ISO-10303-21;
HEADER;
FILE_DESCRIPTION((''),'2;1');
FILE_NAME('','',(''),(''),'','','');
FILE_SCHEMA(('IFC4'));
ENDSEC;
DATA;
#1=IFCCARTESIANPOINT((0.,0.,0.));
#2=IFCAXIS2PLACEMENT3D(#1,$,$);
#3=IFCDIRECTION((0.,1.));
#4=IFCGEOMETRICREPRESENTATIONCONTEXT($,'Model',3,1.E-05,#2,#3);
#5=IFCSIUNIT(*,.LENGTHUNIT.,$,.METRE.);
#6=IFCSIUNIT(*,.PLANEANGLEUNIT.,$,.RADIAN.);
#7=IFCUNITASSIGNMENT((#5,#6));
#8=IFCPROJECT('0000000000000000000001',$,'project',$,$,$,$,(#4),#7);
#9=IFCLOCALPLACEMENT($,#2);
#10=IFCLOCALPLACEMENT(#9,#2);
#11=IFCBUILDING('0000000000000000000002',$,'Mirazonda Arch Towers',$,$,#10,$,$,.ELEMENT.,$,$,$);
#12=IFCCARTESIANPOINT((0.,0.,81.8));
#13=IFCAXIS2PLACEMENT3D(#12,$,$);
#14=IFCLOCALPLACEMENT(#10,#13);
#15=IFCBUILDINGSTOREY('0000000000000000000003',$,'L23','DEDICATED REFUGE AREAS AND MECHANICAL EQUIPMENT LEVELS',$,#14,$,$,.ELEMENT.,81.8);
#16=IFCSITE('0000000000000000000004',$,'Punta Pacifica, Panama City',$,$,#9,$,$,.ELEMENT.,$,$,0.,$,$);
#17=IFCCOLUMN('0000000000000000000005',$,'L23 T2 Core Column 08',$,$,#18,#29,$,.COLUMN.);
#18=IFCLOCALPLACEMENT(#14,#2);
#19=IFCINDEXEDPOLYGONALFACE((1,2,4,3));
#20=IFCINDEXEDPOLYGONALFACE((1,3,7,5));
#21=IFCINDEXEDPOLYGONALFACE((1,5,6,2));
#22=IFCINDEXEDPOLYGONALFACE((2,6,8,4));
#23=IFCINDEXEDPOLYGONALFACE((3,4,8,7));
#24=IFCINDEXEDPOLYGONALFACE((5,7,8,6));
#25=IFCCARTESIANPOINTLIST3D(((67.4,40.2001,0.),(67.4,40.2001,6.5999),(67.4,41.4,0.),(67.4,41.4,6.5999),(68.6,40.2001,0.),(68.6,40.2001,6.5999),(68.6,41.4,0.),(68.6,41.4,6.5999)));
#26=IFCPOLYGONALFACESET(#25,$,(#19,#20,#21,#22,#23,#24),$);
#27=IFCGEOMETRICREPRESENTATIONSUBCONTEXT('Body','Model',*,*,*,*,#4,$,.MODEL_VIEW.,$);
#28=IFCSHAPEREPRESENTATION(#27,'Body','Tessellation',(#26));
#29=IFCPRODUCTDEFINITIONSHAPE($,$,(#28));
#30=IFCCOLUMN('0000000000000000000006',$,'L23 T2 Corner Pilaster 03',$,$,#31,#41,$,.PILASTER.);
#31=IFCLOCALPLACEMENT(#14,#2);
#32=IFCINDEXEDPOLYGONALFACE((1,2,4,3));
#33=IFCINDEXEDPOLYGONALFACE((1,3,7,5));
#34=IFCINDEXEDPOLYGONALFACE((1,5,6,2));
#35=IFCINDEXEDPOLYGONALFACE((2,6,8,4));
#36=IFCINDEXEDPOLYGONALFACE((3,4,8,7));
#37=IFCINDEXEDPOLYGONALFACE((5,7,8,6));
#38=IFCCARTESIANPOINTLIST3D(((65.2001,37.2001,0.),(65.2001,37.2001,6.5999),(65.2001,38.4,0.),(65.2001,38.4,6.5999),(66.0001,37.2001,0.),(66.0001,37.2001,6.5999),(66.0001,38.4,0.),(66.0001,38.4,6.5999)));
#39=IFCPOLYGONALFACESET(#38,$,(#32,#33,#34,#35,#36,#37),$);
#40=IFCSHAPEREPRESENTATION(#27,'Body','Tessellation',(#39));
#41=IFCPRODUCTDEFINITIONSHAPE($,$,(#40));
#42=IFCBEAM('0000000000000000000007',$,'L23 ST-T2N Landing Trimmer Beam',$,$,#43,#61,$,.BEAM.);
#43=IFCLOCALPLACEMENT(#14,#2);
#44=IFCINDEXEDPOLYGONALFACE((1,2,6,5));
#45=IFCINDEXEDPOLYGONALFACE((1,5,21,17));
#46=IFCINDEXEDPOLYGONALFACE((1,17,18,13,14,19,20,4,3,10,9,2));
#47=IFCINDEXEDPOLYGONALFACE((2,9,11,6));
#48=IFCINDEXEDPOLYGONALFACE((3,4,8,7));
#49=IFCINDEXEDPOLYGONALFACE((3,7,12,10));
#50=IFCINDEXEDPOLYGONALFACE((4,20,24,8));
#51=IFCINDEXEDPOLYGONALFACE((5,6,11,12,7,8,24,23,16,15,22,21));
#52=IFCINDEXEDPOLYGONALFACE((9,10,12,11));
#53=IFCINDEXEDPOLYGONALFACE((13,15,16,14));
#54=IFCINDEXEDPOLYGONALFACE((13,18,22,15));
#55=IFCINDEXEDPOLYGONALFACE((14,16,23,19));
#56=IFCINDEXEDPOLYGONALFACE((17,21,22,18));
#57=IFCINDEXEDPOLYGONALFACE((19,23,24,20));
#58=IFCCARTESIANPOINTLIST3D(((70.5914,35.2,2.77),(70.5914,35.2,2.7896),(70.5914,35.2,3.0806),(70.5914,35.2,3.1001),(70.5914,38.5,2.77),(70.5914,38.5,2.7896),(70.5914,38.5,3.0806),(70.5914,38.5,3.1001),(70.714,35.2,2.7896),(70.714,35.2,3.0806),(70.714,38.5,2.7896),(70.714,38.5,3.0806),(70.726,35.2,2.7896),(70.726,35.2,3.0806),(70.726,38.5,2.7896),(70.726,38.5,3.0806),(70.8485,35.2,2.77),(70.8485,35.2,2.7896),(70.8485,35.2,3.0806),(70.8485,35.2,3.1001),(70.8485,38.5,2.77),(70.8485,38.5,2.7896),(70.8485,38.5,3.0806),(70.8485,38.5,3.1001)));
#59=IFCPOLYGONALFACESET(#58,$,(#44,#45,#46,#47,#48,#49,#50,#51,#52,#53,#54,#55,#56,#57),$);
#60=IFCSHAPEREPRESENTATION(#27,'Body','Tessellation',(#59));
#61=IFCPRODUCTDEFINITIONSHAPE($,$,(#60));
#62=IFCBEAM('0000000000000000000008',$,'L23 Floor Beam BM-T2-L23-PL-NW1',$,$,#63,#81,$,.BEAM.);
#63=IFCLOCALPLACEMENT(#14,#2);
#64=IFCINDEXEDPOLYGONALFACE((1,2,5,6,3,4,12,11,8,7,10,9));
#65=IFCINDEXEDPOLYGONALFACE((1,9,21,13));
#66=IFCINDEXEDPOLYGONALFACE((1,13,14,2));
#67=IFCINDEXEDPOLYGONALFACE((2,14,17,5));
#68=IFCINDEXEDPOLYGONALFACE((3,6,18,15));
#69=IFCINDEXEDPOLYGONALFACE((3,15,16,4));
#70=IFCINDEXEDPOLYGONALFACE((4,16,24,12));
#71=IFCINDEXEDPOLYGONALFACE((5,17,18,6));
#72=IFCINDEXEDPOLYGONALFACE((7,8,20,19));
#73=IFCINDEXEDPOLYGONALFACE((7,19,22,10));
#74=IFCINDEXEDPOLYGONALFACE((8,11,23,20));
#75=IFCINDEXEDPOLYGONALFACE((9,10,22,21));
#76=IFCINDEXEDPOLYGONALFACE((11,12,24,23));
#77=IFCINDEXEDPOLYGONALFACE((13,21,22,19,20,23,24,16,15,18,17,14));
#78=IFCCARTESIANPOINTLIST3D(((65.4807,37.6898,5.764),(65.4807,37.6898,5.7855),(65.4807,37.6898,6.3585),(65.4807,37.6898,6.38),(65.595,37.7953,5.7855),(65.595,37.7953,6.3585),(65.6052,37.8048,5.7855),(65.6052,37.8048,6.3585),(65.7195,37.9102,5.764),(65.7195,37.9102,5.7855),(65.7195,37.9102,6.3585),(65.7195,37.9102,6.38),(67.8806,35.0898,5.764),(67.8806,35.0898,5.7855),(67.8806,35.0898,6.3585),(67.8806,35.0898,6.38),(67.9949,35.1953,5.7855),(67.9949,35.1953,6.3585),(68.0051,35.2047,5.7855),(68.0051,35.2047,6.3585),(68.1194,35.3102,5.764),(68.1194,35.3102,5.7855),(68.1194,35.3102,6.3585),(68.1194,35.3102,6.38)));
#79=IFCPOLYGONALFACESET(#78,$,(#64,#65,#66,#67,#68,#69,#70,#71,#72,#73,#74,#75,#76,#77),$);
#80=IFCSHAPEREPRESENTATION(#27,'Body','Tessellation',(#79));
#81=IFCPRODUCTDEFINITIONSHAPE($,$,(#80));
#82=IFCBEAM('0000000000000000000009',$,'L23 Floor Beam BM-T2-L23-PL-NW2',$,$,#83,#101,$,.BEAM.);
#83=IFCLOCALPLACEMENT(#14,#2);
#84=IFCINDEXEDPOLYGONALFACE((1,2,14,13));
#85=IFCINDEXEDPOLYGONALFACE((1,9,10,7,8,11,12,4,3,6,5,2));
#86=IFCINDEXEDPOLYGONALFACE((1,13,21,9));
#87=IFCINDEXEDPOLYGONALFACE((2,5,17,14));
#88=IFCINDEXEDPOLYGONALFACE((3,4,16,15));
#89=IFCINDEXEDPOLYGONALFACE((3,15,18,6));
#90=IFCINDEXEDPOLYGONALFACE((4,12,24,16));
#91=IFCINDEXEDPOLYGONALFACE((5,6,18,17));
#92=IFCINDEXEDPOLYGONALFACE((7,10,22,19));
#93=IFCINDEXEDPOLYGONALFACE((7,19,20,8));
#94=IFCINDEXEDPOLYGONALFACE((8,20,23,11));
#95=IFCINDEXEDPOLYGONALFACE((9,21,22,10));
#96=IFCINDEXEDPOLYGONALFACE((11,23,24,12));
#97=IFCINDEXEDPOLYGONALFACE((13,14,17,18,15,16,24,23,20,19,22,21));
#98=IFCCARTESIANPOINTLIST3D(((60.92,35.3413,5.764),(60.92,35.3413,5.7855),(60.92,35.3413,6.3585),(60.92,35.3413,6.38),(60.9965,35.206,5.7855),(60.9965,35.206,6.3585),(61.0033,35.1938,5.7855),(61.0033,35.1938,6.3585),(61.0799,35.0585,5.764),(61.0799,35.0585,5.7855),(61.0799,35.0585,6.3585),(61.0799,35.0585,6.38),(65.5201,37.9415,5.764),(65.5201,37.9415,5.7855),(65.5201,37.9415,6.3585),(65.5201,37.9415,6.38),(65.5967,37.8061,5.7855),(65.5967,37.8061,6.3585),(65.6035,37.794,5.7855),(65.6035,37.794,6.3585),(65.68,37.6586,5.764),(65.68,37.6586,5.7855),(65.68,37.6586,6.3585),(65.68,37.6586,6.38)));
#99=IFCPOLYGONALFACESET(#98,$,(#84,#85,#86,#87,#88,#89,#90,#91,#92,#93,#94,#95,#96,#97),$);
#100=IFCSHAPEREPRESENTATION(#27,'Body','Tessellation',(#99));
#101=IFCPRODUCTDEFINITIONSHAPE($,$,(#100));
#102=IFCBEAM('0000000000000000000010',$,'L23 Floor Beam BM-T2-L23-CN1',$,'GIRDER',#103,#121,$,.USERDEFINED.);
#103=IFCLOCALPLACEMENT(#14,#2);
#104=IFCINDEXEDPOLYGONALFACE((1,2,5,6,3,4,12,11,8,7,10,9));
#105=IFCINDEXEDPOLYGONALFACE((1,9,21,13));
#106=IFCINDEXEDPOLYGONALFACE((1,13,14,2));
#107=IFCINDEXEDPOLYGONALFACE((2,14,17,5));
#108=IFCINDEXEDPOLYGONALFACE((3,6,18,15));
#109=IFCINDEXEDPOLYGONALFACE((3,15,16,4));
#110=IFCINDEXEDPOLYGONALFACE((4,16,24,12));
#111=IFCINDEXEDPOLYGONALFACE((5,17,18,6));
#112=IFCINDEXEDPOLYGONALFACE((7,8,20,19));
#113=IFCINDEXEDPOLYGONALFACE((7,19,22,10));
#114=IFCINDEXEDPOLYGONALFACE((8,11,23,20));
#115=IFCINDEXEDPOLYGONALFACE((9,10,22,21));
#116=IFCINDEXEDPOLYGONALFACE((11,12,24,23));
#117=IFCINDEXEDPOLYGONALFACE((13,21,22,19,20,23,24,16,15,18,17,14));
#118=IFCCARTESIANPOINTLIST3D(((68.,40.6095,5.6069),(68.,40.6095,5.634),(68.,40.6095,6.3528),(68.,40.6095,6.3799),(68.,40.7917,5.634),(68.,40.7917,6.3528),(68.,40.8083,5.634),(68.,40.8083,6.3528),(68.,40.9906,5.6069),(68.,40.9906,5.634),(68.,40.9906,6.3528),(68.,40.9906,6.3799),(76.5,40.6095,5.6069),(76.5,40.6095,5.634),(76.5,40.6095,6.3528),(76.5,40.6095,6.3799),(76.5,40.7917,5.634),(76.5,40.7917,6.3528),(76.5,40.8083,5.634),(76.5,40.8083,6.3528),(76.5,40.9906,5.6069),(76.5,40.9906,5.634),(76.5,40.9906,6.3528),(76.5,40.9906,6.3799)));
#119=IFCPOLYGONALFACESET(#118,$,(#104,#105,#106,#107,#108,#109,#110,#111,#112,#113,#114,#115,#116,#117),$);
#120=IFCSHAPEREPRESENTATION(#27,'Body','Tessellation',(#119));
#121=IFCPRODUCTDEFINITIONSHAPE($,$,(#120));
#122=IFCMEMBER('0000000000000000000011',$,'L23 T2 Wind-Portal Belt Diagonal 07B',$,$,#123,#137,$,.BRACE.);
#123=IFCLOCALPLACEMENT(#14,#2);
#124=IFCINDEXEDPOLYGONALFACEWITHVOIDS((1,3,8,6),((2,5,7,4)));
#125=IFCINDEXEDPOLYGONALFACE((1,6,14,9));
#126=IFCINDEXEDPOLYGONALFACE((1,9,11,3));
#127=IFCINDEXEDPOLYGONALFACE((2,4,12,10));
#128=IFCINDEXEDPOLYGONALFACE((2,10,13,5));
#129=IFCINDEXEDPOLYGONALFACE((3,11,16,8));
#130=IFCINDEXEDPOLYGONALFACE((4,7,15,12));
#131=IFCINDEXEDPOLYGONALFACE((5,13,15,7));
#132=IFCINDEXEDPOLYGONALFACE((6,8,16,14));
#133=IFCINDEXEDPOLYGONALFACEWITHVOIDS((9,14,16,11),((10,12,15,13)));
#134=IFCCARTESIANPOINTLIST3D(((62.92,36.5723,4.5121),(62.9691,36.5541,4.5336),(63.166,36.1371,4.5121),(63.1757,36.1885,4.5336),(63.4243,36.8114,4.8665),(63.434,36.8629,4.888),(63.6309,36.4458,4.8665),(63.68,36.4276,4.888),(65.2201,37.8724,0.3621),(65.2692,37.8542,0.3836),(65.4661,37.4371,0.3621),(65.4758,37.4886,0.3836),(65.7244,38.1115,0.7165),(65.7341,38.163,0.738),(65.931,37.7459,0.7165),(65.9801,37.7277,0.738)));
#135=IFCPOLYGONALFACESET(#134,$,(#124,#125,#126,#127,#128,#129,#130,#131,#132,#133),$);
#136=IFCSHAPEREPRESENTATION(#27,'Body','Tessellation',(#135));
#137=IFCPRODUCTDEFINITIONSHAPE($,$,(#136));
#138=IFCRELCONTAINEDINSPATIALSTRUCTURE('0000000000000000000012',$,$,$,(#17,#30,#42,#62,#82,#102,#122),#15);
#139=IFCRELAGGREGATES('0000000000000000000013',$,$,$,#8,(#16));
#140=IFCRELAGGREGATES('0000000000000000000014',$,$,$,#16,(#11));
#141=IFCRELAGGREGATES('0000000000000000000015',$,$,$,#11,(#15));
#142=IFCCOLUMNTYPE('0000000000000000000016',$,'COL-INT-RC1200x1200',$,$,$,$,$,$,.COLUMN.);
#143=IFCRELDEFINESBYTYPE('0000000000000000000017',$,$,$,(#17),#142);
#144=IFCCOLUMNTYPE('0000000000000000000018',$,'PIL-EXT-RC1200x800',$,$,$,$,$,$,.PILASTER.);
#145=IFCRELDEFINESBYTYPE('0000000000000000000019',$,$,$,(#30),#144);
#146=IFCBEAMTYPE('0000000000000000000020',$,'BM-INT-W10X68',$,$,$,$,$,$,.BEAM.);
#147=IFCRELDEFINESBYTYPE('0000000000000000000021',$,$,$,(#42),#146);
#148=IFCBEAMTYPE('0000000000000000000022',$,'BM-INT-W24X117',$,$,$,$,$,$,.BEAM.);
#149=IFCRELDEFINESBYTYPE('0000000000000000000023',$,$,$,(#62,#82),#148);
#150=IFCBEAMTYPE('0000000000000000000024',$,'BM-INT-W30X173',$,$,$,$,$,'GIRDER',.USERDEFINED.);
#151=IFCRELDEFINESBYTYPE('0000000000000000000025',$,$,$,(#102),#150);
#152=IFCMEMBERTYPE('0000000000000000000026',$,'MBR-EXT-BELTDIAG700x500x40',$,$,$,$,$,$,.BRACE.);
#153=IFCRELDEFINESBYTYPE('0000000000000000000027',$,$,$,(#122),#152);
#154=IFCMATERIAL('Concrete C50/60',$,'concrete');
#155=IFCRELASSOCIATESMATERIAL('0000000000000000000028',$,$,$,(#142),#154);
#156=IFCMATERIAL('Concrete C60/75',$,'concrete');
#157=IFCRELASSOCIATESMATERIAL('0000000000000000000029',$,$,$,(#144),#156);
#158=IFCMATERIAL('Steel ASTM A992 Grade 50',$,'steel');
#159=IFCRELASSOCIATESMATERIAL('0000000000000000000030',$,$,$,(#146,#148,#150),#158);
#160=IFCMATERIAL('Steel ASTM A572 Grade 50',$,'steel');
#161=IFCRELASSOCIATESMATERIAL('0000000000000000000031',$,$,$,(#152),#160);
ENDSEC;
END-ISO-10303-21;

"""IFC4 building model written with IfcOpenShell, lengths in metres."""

from ifc_helpers import new_model, si_unit, direction, frame, origin, origin_2d, place, context, subcontext, project, spatial, rectangle, hollow_rectangle, i_section, extrude, material, material_profile, profile_set, type_object, element, save


model = new_model("IFC4")

# Units and contexts
model_context = context("Model", 3, precision=1e-05, world=origin(), true_north=direction((0.0, 1.0)))
body_context = subcontext(model_context, "Body", "Model", "MODEL_VIEW")
ifc_project = project(units=[si_unit("LENGTHUNIT", "METRE"), si_unit("PLANEANGLEUNIT", "RADIAN")], contexts=[model_context])

# Site, building, storey
site_placement = place(None, origin())
site = spatial("IfcSite", under=ifc_project, at=site_placement, Name="Punta Pacifica, Panama City", CompositionType="ELEMENT", RefElevation=0.0)
building_placement = place(site_placement, origin())
building = spatial("IfcBuilding", under=site, at=building_placement, Name="Mirazonda Arch Towers", CompositionType="ELEMENT")
storey_placement = place(building_placement, frame((0.0, 0.0, 81.8)))
storey = spatial("IfcBuildingStorey", under=building, at=storey_placement, Name="L23", Description="DEDICATED REFUGE AREAS AND MECHANICAL EQUIPMENT LEVELS", CompositionType="ELEMENT", Elevation=81.8)

# Columns
ifc_material_1 = material(Name="Concrete C50/60", Category="concrete")
ifc_material_profile_1 = material_profile(ifc_material_1, rectangle(XDim=1.2, YDim=1.2, at=origin_2d()), Name="RC1200x1200")
ifc_profile_set_1 = profile_set([ifc_material_profile_1], Name="Concrete C50/60")
column_type_1 = type_object("IfcColumnType", Name="COL-INT-RC1200x1200", PredefinedType="COLUMN", material=ifc_profile_set_1)
column_1_placement = place(storey_placement, frame((68.0, 40.8, 0.0), z_axis=(0.0, 0.0, 1.0), x_axis=(1.0, 0.0, 0.0)))
element("IfcColumn", 1, at=column_1_placement, inside=storey, type_object=column_type_1, Name="L23 T2 Core Column 08", PredefinedType="COLUMN", context=body_context, shape_type="SweptSolid", body=[
    extrude(rectangle(XDim=1.2, YDim=1.2, at=origin_2d()), origin(), (0.0, 0.0, 1.0), 6.5999),
])
ifc_material_2 = material(Name="Concrete C60/75", Category="concrete")
ifc_material_profile_2 = material_profile(ifc_material_2, rectangle(XDim=0.8, YDim=1.2, at=origin_2d()), Name="RC1200x800")
ifc_profile_set_2 = profile_set([ifc_material_profile_2], Name="Concrete C60/75")
column_type_2 = type_object("IfcColumnType", Name="PIL-EXT-RC1200x800", PredefinedType="PILASTER", material=ifc_profile_set_2)
column_2_placement = place(storey_placement, frame((65.6001, 37.8, 0.0), z_axis=(0.0, 0.0, 1.0), x_axis=(1.0, 0.0, 0.0)))
element("IfcColumn", 2, at=column_2_placement, inside=storey, type_object=column_type_2, Name="L23 T2 Corner Pilaster 03", PredefinedType="PILASTER", context=body_context, shape_type="SweptSolid", body=[
    extrude(rectangle(XDim=0.8, YDim=1.2, at=origin_2d()), origin(), (0.0, 0.0, 1.0), 6.5999),
])

# Beams
ifc_material_3 = material(Name="Steel ASTM A992 Grade 50", Category="steel")
ifc_material_profile_3 = material_profile(ifc_material_3, i_section(OverallWidth=0.2571, OverallDepth=0.3301, WebThickness=0.012, FlangeThickness=0.0195, at=origin_2d()), Name="W10X68")
ifc_profile_set_3 = profile_set([ifc_material_profile_3], Name="Steel ASTM A992 Grade 50")
beam_type_1 = type_object("IfcBeamType", Name="BM-INT-W10X68", PredefinedType="BEAM", material=ifc_profile_set_3)
beam_1_placement = place(storey_placement, frame((70.72, 35.2, 2.9351), z_axis=(0.0, 1.0, 0.0), x_axis=(-1.0, 0.0, 0.0)))
element("IfcBeam", 3, at=beam_1_placement, inside=storey, type_object=beam_type_1, Name="L23 ST-T2N Landing Trimmer Beam", PredefinedType="BEAM", context=body_context, shape_type="SweptSolid", body=[
    extrude(i_section(OverallWidth=0.2571, OverallDepth=0.3301, WebThickness=0.012, FlangeThickness=0.0195, at=origin_2d()), origin(), (0.0, 0.0, 1.0), 3.3),
])
ifc_material_profile_4 = material_profile(ifc_material_3, i_section(OverallWidth=0.325, OverallDepth=0.616, WebThickness=0.0139, FlangeThickness=0.0215, at=origin_2d()), Name="W24X117")
ifc_profile_set_4 = profile_set([ifc_material_profile_4], Name="Steel ASTM A992 Grade 50")
beam_type_2 = type_object("IfcBeamType", Name="BM-INT-W24X117", PredefinedType="BEAM", material=ifc_profile_set_4)
beam_2_placement = place(storey_placement, frame((65.6001, 37.8, 6.072), z_axis=(0.678251, -0.73483, 0.0), x_axis=(0.73483, 0.678251, 0.0)))
element("IfcBeam", 4, at=beam_2_placement, inside=storey, type_object=beam_type_2, Name="L23 Floor Beam BM-T2-L23-PL-NW1", PredefinedType="BEAM", context=body_context, shape_type="SweptSolid", body=[
    extrude(i_section(OverallWidth=0.325, OverallDepth=0.616, WebThickness=0.0139, FlangeThickness=0.0215, at=origin_2d()), origin(), (0.0, 0.0, 1.0), 3.5383),
])
beam_3_placement = place(storey_placement, frame((65.6001, 37.8, 6.072), z_axis=(-0.870559, -0.492063, 0.0), x_axis=(0.492063, -0.870559, 0.0)))
element("IfcBeam", 5, at=beam_3_placement, inside=storey, type_object=beam_type_2, Name="L23 Floor Beam BM-T2-L23-PL-NW2", PredefinedType="BEAM", context=body_context, shape_type="SweptSolid", body=[
    extrude(i_section(OverallWidth=0.325, OverallDepth=0.616, WebThickness=0.0139, FlangeThickness=0.0215, at=origin_2d()), origin(), (0.0, 0.0, 1.0), 5.2842),
])
ifc_material_profile_5 = material_profile(ifc_material_3, i_section(OverallWidth=0.3811, OverallDepth=0.7729, WebThickness=0.0166, FlangeThickness=0.0271, at=origin_2d()), Name="W30X173")
ifc_profile_set_5 = profile_set([ifc_material_profile_5], Name="Steel ASTM A992 Grade 50")
beam_type_3 = type_object("IfcBeamType", Name="BM-INT-W30X173", ElementType="GIRDER", PredefinedType="USERDEFINED", material=ifc_profile_set_5)
beam_4_placement = place(storey_placement, frame((68.0, 40.8, 5.9934), z_axis=(1.0, 0.0, 0.0), x_axis=(0.0, 1.0, 0.0)))
element("IfcBeam", 6, at=beam_4_placement, inside=storey, type_object=beam_type_3, Name="L23 Floor Beam BM-T2-L23-CN1", ObjectType="GIRDER", PredefinedType="USERDEFINED", context=body_context, shape_type="SweptSolid", body=[
    extrude(i_section(OverallWidth=0.3811, OverallDepth=0.7729, WebThickness=0.0166, FlangeThickness=0.0271, at=origin_2d()), origin(), (0.0, 0.0, 1.0), 8.5),
])

# Member
ifc_material_4 = material(Name="Steel ASTM A572 Grade 50", Category="steel")
ifc_material_profile_6 = material_profile(ifc_material_4, hollow_rectangle(XDim=0.5, YDim=0.7, WallThickness=0.04, at=origin_2d()), Name="BELTDIAG700x500x40")
ifc_profile_set_6 = profile_set([ifc_material_profile_6], Name="Steel ASTM A572 Grade 50")
member_type_1 = type_object("IfcMemberType", Name="MBR-EXT-BELTDIAG700x500x40", PredefinedType="BRACE", material=ifc_profile_set_6)
member_1_placement = place(storey_placement, frame((65.6001, 37.8, 0.55), z_axis=(-0.467532, -0.264261, 0.843552), x_axis=(0.492063, -0.870559, 0.0)))
element("IfcMember", 7, at=member_1_placement, inside=storey, type_object=member_type_1, Name="L23 T2 Wind-Portal Belt Diagonal 07B", PredefinedType="BRACE", context=body_context, shape_type="SweptSolid", body=[
    extrude(hollow_rectangle(XDim=0.5, YDim=0.7, WallThickness=0.04, at=origin_2d()), origin(), (0.0, 0.0, 1.0), 4.9197),
])

save(model, "model.ifc")
